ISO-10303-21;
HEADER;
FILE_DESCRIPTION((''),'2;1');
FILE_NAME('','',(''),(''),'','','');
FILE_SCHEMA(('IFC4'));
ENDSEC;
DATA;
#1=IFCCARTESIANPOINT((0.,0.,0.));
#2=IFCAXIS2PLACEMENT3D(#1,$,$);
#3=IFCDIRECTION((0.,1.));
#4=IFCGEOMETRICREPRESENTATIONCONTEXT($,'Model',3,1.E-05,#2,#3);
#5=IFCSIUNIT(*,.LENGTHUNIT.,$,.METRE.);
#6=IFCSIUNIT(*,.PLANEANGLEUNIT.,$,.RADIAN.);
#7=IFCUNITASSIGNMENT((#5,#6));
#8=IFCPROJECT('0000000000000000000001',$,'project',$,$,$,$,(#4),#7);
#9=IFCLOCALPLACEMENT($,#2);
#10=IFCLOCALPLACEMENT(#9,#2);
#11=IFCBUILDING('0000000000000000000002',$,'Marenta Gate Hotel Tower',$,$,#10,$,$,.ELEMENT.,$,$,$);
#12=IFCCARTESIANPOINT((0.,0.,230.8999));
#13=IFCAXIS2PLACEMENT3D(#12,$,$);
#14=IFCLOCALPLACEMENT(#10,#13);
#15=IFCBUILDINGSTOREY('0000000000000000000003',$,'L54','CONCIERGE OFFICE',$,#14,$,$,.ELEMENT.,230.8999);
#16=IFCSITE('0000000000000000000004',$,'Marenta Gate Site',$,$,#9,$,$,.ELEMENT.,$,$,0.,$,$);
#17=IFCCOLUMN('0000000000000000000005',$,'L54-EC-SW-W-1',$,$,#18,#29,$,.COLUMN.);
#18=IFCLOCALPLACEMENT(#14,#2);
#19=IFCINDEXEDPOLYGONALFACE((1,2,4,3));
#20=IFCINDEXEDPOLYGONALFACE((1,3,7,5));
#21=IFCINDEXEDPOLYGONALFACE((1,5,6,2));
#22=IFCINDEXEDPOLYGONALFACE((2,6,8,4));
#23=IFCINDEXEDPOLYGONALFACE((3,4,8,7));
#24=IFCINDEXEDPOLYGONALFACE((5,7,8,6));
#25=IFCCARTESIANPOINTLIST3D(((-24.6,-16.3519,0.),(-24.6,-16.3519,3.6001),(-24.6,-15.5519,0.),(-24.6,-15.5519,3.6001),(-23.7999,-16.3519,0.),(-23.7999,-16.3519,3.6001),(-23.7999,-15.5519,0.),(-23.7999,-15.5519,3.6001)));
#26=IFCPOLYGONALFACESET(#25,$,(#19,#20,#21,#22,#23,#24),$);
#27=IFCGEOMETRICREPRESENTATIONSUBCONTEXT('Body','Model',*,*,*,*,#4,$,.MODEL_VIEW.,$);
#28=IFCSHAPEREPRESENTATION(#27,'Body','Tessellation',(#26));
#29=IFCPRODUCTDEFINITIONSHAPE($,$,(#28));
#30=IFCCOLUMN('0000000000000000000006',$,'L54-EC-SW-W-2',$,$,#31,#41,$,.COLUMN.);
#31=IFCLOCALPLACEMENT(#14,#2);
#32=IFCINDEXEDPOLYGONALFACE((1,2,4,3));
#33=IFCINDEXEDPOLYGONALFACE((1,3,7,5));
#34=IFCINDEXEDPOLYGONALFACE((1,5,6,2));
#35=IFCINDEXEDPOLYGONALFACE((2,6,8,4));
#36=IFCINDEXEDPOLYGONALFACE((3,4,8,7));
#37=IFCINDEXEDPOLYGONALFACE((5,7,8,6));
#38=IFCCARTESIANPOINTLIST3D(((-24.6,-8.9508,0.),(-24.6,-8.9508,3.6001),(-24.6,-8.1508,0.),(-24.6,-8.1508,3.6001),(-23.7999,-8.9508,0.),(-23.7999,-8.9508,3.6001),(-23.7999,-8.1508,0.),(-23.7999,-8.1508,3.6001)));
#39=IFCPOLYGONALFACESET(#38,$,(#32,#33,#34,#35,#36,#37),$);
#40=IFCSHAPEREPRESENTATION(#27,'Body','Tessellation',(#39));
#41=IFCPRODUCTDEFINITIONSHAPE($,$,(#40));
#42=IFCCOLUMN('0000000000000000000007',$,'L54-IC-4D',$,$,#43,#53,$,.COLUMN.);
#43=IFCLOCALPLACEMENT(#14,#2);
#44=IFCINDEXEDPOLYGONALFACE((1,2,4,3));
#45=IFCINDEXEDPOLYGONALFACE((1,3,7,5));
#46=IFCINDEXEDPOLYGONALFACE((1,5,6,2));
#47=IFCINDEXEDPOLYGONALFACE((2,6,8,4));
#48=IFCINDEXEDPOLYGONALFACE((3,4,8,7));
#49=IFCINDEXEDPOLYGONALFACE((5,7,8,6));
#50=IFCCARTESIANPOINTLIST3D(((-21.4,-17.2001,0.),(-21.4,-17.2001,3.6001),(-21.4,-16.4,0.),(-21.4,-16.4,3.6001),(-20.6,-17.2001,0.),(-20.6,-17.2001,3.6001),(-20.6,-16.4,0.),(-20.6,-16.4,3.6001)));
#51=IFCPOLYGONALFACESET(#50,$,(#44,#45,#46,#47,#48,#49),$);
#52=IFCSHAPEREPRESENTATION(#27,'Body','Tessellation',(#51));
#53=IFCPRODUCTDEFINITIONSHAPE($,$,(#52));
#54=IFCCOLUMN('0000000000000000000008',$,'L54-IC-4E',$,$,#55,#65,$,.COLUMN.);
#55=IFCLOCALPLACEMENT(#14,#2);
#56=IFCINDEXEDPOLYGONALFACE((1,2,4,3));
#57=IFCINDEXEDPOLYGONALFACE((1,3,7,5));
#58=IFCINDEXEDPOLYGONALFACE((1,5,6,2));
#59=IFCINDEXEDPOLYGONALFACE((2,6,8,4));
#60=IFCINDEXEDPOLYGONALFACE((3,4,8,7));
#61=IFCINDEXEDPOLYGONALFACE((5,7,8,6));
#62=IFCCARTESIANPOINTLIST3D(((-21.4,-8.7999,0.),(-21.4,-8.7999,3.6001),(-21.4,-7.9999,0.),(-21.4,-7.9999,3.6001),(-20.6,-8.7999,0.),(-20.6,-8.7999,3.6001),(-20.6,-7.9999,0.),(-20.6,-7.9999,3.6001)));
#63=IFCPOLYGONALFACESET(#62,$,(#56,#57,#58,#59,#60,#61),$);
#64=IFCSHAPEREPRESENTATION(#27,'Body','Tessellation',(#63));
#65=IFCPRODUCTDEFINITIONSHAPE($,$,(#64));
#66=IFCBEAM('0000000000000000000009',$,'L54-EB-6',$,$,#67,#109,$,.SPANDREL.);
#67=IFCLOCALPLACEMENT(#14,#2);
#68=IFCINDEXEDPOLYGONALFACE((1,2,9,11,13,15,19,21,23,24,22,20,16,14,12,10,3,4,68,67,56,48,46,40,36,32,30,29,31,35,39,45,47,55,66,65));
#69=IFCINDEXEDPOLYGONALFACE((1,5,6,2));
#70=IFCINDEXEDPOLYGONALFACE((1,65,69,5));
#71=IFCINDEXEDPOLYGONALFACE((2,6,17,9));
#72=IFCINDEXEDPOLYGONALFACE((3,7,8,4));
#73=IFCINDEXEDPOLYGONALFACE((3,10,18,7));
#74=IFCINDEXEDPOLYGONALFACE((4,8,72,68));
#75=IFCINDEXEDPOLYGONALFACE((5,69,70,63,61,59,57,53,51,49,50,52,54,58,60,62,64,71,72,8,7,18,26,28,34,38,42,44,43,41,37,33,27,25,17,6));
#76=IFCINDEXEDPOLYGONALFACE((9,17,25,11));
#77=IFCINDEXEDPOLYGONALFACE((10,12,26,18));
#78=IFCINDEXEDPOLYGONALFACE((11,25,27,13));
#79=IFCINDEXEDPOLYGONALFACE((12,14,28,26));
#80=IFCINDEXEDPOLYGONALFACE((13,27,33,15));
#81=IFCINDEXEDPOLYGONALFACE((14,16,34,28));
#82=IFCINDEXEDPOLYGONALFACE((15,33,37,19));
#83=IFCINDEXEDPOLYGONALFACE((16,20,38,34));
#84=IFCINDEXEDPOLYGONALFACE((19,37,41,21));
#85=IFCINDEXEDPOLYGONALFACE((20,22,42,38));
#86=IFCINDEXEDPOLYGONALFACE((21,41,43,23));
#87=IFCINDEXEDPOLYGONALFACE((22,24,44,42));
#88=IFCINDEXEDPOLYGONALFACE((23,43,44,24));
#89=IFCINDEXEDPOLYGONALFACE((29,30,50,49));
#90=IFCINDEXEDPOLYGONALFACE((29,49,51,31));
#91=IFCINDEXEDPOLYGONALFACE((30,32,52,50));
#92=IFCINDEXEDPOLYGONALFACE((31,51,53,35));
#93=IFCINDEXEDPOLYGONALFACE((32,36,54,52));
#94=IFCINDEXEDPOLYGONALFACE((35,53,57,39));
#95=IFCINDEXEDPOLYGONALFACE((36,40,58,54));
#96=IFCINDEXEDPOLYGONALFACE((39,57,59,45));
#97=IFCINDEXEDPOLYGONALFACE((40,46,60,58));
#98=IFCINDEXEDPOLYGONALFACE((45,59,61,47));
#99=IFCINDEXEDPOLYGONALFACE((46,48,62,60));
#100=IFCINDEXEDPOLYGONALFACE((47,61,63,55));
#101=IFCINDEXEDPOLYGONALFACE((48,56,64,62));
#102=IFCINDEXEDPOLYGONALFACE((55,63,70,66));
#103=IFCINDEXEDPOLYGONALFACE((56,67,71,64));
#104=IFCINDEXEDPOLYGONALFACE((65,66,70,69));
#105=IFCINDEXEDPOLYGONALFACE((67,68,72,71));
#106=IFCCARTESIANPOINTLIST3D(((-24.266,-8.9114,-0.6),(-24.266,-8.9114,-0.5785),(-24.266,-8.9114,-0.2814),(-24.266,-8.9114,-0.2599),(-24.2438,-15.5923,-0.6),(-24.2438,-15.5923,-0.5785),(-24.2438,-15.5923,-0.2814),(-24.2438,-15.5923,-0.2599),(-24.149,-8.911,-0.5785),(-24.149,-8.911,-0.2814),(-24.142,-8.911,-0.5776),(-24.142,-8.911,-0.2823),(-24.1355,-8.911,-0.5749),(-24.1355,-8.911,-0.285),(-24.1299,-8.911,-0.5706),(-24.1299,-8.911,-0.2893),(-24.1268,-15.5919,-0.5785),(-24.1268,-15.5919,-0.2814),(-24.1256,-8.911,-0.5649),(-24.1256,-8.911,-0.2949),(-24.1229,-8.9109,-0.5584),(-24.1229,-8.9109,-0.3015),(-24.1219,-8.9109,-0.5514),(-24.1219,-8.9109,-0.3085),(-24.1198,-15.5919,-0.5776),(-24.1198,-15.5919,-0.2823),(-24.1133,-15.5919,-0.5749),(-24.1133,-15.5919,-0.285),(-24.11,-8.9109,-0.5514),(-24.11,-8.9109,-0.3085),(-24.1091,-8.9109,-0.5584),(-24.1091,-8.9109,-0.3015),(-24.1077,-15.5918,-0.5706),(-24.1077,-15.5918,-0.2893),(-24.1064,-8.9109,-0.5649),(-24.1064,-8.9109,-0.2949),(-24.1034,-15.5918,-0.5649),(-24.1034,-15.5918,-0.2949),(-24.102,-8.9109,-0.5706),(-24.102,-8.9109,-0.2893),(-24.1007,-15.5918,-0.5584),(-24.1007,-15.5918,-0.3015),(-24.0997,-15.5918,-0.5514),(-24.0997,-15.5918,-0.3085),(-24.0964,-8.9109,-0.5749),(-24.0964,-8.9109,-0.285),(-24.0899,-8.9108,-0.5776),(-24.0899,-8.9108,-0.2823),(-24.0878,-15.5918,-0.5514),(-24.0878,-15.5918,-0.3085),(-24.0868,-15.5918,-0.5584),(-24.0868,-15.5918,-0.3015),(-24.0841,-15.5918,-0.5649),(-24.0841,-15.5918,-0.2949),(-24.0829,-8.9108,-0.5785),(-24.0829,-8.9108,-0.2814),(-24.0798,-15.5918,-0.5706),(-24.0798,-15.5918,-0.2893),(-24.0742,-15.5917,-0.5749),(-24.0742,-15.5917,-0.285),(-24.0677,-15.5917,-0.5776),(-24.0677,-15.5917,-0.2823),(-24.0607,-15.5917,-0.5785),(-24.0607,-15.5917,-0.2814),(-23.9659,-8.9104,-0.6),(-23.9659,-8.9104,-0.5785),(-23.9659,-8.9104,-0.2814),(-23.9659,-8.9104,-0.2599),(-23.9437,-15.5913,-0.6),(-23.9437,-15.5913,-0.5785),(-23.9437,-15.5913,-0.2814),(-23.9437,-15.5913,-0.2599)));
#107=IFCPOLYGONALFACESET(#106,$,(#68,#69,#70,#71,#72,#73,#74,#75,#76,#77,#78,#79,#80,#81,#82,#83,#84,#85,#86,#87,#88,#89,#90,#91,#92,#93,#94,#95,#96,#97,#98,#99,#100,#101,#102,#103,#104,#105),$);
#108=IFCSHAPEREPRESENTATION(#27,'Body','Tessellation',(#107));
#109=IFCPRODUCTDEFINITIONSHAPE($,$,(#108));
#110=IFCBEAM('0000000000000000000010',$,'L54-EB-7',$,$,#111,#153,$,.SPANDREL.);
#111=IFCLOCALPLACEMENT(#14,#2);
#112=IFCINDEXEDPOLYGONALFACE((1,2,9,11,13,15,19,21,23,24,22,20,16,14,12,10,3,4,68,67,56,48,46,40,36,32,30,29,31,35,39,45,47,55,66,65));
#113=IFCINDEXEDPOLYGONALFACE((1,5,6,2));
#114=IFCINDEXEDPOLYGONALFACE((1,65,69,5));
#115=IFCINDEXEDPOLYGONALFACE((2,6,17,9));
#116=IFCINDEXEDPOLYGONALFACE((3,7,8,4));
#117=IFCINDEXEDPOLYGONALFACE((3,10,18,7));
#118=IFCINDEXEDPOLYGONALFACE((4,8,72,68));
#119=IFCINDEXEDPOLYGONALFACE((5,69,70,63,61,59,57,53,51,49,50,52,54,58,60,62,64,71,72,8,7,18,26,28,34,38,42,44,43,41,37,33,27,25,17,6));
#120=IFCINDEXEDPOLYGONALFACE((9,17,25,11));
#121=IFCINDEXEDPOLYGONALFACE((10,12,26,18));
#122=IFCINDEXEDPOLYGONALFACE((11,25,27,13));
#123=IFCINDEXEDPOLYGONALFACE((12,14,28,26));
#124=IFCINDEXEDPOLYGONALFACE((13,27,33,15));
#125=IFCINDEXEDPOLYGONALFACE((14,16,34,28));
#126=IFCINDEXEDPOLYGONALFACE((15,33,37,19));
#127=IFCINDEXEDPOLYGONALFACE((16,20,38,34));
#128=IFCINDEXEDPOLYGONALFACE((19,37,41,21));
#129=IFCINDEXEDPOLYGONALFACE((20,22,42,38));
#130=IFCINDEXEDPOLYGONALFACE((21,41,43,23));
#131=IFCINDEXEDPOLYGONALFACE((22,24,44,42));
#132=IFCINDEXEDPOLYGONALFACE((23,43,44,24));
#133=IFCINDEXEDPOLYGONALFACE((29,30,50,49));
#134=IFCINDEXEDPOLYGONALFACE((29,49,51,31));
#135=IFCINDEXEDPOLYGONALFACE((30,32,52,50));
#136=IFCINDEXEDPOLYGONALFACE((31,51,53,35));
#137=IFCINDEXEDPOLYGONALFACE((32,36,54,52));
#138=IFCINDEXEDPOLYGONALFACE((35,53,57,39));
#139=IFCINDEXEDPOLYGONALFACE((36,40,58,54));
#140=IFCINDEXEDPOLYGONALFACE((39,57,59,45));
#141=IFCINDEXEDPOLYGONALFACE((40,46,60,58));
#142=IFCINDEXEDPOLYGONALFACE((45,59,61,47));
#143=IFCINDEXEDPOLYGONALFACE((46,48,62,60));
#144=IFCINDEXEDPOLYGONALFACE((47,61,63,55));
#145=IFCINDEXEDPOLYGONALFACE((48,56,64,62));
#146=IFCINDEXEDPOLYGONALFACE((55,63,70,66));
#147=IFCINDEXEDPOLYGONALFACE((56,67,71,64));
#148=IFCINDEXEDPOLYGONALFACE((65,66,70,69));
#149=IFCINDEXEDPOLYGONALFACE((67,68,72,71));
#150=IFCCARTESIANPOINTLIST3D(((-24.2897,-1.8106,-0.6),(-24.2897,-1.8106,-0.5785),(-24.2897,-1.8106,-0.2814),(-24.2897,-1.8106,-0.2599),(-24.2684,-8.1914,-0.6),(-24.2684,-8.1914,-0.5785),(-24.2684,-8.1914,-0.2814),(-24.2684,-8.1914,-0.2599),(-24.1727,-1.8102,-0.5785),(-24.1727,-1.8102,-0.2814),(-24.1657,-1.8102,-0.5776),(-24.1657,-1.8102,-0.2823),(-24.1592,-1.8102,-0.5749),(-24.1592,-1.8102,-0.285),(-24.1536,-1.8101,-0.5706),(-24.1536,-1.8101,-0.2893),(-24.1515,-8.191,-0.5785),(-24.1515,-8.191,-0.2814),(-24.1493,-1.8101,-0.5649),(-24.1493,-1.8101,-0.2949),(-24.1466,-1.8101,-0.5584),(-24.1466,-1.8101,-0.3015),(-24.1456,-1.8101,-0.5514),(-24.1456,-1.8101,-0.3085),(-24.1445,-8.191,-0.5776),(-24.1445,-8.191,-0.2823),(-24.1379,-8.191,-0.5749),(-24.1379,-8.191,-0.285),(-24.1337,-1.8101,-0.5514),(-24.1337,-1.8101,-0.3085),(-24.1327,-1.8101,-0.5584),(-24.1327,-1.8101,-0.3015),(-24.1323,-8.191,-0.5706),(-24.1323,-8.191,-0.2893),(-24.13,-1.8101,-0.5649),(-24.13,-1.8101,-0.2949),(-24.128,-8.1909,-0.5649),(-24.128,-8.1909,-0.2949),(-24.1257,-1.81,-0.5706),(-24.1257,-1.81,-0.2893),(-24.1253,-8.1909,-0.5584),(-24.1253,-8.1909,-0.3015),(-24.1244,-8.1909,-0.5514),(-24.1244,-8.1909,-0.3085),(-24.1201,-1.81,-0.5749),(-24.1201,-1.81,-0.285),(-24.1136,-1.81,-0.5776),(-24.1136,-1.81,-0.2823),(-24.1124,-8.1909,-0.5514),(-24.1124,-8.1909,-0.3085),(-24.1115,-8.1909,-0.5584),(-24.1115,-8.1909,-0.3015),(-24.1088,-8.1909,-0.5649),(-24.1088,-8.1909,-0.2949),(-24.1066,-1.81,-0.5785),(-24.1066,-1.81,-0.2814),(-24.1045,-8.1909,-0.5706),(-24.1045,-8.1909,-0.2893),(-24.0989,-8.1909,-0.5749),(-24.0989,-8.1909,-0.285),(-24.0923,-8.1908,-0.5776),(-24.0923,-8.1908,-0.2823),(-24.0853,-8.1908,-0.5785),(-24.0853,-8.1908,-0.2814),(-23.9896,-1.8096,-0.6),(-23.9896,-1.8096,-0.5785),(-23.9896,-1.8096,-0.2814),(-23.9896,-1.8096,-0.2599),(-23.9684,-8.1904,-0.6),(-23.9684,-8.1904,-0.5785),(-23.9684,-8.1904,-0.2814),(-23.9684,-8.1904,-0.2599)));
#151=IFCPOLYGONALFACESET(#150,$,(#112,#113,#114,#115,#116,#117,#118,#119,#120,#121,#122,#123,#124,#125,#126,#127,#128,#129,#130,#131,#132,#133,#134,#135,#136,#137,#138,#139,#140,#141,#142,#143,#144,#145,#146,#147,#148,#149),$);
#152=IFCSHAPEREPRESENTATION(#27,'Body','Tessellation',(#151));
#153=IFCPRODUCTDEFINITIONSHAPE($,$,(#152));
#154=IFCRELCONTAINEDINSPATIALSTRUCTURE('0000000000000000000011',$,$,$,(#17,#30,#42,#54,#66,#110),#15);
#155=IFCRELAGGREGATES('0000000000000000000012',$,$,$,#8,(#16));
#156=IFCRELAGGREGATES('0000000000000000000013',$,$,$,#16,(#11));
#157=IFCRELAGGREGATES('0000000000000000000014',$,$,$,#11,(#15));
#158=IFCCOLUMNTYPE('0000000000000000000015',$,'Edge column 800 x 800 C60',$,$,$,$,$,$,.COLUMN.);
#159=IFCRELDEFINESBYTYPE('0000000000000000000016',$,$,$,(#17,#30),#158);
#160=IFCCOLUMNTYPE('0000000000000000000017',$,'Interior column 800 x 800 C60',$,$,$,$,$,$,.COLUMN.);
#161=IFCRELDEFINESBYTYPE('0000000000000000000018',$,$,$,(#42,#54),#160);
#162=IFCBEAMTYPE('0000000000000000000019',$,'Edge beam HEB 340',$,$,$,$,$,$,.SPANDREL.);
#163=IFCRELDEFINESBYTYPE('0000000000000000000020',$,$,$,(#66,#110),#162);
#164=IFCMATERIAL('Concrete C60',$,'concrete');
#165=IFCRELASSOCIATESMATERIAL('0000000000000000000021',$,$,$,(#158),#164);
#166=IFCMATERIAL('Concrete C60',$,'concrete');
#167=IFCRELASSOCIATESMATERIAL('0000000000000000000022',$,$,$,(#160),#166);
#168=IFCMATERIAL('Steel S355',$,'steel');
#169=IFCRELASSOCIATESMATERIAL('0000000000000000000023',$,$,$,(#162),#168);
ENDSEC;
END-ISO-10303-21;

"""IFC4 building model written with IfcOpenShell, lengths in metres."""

from ifc_helpers import new_model, si_unit, direction, frame, origin, origin_2d, place, context, subcontext, project, spatial, rectangle, i_section, extrude, material, material_profile, profile_set, type_object, element, save


model = new_model("IFC4")

# Units and contexts
model_context = context("Model", 3, precision=1e-05, world=origin(), true_north=direction((0.0, 1.0)))
body_context = subcontext(model_context, "Body", "Model", "MODEL_VIEW")
ifc_project = project(units=[si_unit("LENGTHUNIT", "METRE"), si_unit("PLANEANGLEUNIT", "RADIAN")], contexts=[model_context])

# Site, building, storey
site_placement = place(None, origin())
site = spatial("IfcSite", under=ifc_project, at=site_placement, Name="Marenta Gate Site", CompositionType="ELEMENT", RefElevation=0.0)
building_placement = place(site_placement, origin())
building = spatial("IfcBuilding", under=site, at=building_placement, Name="Marenta Gate Hotel Tower", CompositionType="ELEMENT")
storey_placement = place(building_placement, frame((0.0, 0.0, 230.8999)))
storey = spatial("IfcBuildingStorey", under=building, at=storey_placement, Name="L54", Description="CONCIERGE OFFICE", CompositionType="ELEMENT", Elevation=230.8999)

# Columns
ifc_material_1 = material(Name="Concrete C60", Category="concrete")
ifc_material_profile_1 = material_profile(ifc_material_1, rectangle(XDim=0.8, YDim=0.8, at=origin_2d()), Name="800 x 800")
ifc_profile_set_1 = profile_set([ifc_material_profile_1], Name="Concrete C60")
column_type_1 = type_object("IfcColumnType", Name="Edge column 800 x 800 C60", PredefinedType="COLUMN", material=ifc_profile_set_1)
for number, where, z_axis, x_axis, name in (
    (1, (-24.2, -15.9519, 0.0), (0.0, 0.0, 1.0), (1.0, 0.0, 0.0), "L54-EC-SW-W-1"),
    (2, (-24.2, -8.5508, 0.0), (0.0, 0.0, 1.0), (1.0, 0.0, 0.0), "L54-EC-SW-W-2"),
):
    element("IfcColumn", number, at=place(storey_placement, frame(where, z_axis=z_axis, x_axis=x_axis)), inside=storey, type_object=column_type_1, Name=name, PredefinedType="COLUMN", context=body_context, shape_type="SweptSolid", body=[
        extrude(rectangle(XDim=0.8, YDim=0.8, at=origin_2d()), origin(), (0.0, 0.0, 1.0), 3.6001),
    ])
ifc_material_2 = material(Name="Concrete C60", Category="concrete")
ifc_material_profile_2 = material_profile(ifc_material_2, rectangle(XDim=0.8, YDim=0.8, at=origin_2d()), Name="800 x 800")
ifc_profile_set_2 = profile_set([ifc_material_profile_2], Name="Concrete C60")
column_type_2 = type_object("IfcColumnType", Name="Interior column 800 x 800 C60", PredefinedType="COLUMN", material=ifc_profile_set_2)
for number, where, z_axis, x_axis, name in (
    (3, (-21.0, -16.8, 0.0), (0.0, 0.0, 1.0), (1.0, 0.0, 0.0), "L54-IC-4D"),
    (4, (-21.0, -8.3999, 0.0), (0.0, 0.0, 1.0), (1.0, 0.0, 0.0), "L54-IC-4E"),
):
    element("IfcColumn", number, at=place(storey_placement, frame(where, z_axis=z_axis, x_axis=x_axis)), inside=storey, type_object=column_type_2, Name=name, PredefinedType="COLUMN", context=body_context, shape_type="SweptSolid", body=[
        extrude(rectangle(XDim=0.8, YDim=0.8, at=origin_2d()), origin(), (0.0, 0.0, 1.0), 3.6001),
    ])

# Beams
ifc_material_3 = material(Name="Steel S355", Category="steel")
ifc_material_profile_3 = material_profile(ifc_material_3, i_section(OverallWidth=0.3, OverallDepth=0.3401, WebThickness=0.012, FlangeThickness=0.0215, FilletRadius=0.0271, at=origin_2d()), Name="HEB 340")
ifc_profile_set_3 = profile_set([ifc_material_profile_3], Name="Steel S355")
beam_type_1 = type_object("IfcBeamType", Name="Edge beam HEB 340", PredefinedType="SPANDREL", material=ifc_profile_set_3)
beam_1_placement = place(storey_placement, frame((-24.0938, -15.5918, -0.4299), z_axis=(-0.003325, 0.999994, 0.0), x_axis=(-0.999994, -0.003325, 0.0)))
element("IfcBeam", 5, at=beam_1_placement, inside=storey, type_object=beam_type_1, Name="L54-EB-6", PredefinedType="SPANDREL", context=body_context, shape_type="SweptSolid", body=[
    extrude(i_section(OverallWidth=0.3, OverallDepth=0.3401, WebThickness=0.012, FlangeThickness=0.0215, FilletRadius=0.0271, at=origin_2d()), origin(), (0.0, 0.0, 1.0), 6.6809),
])
beam_2_placement = place(storey_placement, frame((-24.1184, -8.1909, -0.4299), z_axis=(-0.003329, 0.999994, 0.0), x_axis=(-0.999994, -0.003329, 0.0)))
element("IfcBeam", 6, at=beam_2_placement, inside=storey, type_object=beam_type_1, Name="L54-EB-7", PredefinedType="SPANDREL", context=body_context, shape_type="SweptSolid", body=[
    extrude(i_section(OverallWidth=0.3, OverallDepth=0.3401, WebThickness=0.012, FlangeThickness=0.0215, FilletRadius=0.0271, at=origin_2d()), origin(), (0.0, 0.0, 1.0), 6.3809),
])

save(model, "model.ifc")
